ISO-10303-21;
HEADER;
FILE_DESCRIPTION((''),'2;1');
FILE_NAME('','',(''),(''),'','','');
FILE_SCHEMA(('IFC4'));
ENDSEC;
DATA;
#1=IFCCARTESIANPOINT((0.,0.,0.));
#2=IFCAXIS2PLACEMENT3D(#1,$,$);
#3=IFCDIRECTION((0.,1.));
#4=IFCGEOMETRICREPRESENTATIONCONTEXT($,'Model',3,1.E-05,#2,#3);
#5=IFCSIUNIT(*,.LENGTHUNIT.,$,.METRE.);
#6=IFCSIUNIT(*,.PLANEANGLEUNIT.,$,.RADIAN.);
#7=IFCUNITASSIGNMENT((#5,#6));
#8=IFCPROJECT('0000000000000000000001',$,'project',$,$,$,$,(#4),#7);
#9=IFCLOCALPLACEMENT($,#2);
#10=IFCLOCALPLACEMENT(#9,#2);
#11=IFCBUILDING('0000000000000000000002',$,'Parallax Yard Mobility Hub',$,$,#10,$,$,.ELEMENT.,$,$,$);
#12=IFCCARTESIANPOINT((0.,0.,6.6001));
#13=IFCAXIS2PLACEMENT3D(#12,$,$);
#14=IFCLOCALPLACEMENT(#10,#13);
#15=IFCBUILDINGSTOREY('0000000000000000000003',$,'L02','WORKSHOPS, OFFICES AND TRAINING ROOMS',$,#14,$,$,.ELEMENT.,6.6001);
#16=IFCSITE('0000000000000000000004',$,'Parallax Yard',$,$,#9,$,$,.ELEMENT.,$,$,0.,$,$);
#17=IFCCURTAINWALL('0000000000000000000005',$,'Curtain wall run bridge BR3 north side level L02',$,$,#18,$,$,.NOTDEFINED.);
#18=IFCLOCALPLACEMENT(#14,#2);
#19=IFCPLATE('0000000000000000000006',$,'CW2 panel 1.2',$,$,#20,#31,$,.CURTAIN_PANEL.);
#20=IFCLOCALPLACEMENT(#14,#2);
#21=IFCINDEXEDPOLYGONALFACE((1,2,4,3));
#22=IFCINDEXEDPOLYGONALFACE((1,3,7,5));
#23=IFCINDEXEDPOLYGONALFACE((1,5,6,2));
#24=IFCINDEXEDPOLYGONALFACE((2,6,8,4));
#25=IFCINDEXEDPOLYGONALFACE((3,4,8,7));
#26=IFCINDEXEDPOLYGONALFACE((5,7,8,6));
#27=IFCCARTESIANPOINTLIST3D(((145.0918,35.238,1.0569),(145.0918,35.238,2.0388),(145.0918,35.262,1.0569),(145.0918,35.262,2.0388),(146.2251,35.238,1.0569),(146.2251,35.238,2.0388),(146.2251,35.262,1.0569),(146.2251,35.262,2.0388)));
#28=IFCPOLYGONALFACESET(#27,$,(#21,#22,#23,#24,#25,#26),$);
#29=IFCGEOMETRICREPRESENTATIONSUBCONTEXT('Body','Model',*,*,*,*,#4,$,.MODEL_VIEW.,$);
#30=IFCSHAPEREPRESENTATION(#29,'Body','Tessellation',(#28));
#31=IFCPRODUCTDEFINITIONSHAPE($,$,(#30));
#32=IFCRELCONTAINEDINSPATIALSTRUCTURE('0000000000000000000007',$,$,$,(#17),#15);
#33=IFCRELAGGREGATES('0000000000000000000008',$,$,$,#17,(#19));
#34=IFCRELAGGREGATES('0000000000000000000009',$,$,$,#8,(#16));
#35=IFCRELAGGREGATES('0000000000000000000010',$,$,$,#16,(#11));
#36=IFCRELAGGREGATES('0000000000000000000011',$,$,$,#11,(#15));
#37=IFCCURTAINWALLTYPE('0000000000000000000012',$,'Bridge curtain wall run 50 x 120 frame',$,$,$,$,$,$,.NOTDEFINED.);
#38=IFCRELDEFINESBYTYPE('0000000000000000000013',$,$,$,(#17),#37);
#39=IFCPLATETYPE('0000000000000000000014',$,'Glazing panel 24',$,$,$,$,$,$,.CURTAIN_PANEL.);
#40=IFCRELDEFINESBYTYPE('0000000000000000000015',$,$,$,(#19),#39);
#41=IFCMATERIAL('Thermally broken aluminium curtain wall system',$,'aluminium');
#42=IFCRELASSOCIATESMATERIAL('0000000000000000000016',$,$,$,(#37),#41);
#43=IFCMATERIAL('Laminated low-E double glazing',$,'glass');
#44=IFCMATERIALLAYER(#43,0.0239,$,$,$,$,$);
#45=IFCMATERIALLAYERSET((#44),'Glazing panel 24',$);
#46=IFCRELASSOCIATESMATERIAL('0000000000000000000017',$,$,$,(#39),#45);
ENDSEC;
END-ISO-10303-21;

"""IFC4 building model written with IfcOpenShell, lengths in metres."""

from ifc_helpers import new_model, si_unit, direction, frame, origin, origin_2d, place, context, subcontext, project, spatial, rectangle, extrude, material, layer, layer_set, type_object, element, aggregate, save


model = new_model("IFC4")

# Units and contexts
model_context = context("Model", 3, precision=1e-05, world=origin(), true_north=direction((0.0, 1.0)))
body_context = subcontext(model_context, "Body", "Model", "MODEL_VIEW")
ifc_project = project(units=[si_unit("LENGTHUNIT", "METRE"), si_unit("PLANEANGLEUNIT", "RADIAN")], contexts=[model_context])

# Site, building, storey
site_placement = place(None, origin())
site = spatial("IfcSite", under=ifc_project, at=site_placement, Name="Parallax Yard", CompositionType="ELEMENT", RefElevation=0.0)
building_placement = place(site_placement, origin())
building = spatial("IfcBuilding", under=site, at=building_placement, Name="Parallax Yard Mobility Hub", CompositionType="ELEMENT")
storey_placement = place(building_placement, frame((0.0, 0.0, 6.6001)))
storey = spatial("IfcBuildingStorey", under=building, at=storey_placement, Name="L02", Description="WORKSHOPS, OFFICES AND TRAINING ROOMS", CompositionType="ELEMENT", Elevation=6.6001)

# Shared definitions
ifc_material_1 = material(Name="Thermally broken aluminium curtain wall system", Category="aluminium")
curtain_wall_type = type_object("IfcCurtainWallType", Name="Bridge curtain wall run 50 x 120 frame", PredefinedType="NOTDEFINED", material=ifc_material_1)

# Curtain wall
curtain_wall_1_placement = place(storey_placement, origin())
curtain_wall_1 = element("IfcCurtainWall", 1, at=curtain_wall_1_placement, inside=storey, type_object=curtain_wall_type, Name="Curtain wall run bridge BR3 north side level L02", PredefinedType="NOTDEFINED")

# Plate
ifc_material_2 = material(Name="Laminated low-E double glazing", Category="glass")
ifc_layer = layer(ifc_material_2, 0.0239)
ifc_layer_set = layer_set([ifc_layer], Name="Glazing panel 24")
plate_type = type_object("IfcPlateType", Name="Glazing panel 24", PredefinedType="CURTAIN_PANEL", material=ifc_layer_set)
plate_1_placement = place(storey_placement, frame((145.6584, 35.25, 1.0569), z_axis=(0.0, 0.0, 1.0), x_axis=(1.0, 0.0, 0.0)))
plate_1 = element("IfcPlate", 2, at=plate_1_placement, type_object=plate_type, Name="CW2 panel 1.2", PredefinedType="CURTAIN_PANEL", context=body_context, shape_type="SweptSolid", body=[
    extrude(rectangle(XDim=1.1333, YDim=0.0239, at=origin_2d()), origin(), (0.0, 0.0, 1.0), 0.9819),
])
aggregate(curtain_wall_1, [plate_1])

save(model, "model.ifc")
